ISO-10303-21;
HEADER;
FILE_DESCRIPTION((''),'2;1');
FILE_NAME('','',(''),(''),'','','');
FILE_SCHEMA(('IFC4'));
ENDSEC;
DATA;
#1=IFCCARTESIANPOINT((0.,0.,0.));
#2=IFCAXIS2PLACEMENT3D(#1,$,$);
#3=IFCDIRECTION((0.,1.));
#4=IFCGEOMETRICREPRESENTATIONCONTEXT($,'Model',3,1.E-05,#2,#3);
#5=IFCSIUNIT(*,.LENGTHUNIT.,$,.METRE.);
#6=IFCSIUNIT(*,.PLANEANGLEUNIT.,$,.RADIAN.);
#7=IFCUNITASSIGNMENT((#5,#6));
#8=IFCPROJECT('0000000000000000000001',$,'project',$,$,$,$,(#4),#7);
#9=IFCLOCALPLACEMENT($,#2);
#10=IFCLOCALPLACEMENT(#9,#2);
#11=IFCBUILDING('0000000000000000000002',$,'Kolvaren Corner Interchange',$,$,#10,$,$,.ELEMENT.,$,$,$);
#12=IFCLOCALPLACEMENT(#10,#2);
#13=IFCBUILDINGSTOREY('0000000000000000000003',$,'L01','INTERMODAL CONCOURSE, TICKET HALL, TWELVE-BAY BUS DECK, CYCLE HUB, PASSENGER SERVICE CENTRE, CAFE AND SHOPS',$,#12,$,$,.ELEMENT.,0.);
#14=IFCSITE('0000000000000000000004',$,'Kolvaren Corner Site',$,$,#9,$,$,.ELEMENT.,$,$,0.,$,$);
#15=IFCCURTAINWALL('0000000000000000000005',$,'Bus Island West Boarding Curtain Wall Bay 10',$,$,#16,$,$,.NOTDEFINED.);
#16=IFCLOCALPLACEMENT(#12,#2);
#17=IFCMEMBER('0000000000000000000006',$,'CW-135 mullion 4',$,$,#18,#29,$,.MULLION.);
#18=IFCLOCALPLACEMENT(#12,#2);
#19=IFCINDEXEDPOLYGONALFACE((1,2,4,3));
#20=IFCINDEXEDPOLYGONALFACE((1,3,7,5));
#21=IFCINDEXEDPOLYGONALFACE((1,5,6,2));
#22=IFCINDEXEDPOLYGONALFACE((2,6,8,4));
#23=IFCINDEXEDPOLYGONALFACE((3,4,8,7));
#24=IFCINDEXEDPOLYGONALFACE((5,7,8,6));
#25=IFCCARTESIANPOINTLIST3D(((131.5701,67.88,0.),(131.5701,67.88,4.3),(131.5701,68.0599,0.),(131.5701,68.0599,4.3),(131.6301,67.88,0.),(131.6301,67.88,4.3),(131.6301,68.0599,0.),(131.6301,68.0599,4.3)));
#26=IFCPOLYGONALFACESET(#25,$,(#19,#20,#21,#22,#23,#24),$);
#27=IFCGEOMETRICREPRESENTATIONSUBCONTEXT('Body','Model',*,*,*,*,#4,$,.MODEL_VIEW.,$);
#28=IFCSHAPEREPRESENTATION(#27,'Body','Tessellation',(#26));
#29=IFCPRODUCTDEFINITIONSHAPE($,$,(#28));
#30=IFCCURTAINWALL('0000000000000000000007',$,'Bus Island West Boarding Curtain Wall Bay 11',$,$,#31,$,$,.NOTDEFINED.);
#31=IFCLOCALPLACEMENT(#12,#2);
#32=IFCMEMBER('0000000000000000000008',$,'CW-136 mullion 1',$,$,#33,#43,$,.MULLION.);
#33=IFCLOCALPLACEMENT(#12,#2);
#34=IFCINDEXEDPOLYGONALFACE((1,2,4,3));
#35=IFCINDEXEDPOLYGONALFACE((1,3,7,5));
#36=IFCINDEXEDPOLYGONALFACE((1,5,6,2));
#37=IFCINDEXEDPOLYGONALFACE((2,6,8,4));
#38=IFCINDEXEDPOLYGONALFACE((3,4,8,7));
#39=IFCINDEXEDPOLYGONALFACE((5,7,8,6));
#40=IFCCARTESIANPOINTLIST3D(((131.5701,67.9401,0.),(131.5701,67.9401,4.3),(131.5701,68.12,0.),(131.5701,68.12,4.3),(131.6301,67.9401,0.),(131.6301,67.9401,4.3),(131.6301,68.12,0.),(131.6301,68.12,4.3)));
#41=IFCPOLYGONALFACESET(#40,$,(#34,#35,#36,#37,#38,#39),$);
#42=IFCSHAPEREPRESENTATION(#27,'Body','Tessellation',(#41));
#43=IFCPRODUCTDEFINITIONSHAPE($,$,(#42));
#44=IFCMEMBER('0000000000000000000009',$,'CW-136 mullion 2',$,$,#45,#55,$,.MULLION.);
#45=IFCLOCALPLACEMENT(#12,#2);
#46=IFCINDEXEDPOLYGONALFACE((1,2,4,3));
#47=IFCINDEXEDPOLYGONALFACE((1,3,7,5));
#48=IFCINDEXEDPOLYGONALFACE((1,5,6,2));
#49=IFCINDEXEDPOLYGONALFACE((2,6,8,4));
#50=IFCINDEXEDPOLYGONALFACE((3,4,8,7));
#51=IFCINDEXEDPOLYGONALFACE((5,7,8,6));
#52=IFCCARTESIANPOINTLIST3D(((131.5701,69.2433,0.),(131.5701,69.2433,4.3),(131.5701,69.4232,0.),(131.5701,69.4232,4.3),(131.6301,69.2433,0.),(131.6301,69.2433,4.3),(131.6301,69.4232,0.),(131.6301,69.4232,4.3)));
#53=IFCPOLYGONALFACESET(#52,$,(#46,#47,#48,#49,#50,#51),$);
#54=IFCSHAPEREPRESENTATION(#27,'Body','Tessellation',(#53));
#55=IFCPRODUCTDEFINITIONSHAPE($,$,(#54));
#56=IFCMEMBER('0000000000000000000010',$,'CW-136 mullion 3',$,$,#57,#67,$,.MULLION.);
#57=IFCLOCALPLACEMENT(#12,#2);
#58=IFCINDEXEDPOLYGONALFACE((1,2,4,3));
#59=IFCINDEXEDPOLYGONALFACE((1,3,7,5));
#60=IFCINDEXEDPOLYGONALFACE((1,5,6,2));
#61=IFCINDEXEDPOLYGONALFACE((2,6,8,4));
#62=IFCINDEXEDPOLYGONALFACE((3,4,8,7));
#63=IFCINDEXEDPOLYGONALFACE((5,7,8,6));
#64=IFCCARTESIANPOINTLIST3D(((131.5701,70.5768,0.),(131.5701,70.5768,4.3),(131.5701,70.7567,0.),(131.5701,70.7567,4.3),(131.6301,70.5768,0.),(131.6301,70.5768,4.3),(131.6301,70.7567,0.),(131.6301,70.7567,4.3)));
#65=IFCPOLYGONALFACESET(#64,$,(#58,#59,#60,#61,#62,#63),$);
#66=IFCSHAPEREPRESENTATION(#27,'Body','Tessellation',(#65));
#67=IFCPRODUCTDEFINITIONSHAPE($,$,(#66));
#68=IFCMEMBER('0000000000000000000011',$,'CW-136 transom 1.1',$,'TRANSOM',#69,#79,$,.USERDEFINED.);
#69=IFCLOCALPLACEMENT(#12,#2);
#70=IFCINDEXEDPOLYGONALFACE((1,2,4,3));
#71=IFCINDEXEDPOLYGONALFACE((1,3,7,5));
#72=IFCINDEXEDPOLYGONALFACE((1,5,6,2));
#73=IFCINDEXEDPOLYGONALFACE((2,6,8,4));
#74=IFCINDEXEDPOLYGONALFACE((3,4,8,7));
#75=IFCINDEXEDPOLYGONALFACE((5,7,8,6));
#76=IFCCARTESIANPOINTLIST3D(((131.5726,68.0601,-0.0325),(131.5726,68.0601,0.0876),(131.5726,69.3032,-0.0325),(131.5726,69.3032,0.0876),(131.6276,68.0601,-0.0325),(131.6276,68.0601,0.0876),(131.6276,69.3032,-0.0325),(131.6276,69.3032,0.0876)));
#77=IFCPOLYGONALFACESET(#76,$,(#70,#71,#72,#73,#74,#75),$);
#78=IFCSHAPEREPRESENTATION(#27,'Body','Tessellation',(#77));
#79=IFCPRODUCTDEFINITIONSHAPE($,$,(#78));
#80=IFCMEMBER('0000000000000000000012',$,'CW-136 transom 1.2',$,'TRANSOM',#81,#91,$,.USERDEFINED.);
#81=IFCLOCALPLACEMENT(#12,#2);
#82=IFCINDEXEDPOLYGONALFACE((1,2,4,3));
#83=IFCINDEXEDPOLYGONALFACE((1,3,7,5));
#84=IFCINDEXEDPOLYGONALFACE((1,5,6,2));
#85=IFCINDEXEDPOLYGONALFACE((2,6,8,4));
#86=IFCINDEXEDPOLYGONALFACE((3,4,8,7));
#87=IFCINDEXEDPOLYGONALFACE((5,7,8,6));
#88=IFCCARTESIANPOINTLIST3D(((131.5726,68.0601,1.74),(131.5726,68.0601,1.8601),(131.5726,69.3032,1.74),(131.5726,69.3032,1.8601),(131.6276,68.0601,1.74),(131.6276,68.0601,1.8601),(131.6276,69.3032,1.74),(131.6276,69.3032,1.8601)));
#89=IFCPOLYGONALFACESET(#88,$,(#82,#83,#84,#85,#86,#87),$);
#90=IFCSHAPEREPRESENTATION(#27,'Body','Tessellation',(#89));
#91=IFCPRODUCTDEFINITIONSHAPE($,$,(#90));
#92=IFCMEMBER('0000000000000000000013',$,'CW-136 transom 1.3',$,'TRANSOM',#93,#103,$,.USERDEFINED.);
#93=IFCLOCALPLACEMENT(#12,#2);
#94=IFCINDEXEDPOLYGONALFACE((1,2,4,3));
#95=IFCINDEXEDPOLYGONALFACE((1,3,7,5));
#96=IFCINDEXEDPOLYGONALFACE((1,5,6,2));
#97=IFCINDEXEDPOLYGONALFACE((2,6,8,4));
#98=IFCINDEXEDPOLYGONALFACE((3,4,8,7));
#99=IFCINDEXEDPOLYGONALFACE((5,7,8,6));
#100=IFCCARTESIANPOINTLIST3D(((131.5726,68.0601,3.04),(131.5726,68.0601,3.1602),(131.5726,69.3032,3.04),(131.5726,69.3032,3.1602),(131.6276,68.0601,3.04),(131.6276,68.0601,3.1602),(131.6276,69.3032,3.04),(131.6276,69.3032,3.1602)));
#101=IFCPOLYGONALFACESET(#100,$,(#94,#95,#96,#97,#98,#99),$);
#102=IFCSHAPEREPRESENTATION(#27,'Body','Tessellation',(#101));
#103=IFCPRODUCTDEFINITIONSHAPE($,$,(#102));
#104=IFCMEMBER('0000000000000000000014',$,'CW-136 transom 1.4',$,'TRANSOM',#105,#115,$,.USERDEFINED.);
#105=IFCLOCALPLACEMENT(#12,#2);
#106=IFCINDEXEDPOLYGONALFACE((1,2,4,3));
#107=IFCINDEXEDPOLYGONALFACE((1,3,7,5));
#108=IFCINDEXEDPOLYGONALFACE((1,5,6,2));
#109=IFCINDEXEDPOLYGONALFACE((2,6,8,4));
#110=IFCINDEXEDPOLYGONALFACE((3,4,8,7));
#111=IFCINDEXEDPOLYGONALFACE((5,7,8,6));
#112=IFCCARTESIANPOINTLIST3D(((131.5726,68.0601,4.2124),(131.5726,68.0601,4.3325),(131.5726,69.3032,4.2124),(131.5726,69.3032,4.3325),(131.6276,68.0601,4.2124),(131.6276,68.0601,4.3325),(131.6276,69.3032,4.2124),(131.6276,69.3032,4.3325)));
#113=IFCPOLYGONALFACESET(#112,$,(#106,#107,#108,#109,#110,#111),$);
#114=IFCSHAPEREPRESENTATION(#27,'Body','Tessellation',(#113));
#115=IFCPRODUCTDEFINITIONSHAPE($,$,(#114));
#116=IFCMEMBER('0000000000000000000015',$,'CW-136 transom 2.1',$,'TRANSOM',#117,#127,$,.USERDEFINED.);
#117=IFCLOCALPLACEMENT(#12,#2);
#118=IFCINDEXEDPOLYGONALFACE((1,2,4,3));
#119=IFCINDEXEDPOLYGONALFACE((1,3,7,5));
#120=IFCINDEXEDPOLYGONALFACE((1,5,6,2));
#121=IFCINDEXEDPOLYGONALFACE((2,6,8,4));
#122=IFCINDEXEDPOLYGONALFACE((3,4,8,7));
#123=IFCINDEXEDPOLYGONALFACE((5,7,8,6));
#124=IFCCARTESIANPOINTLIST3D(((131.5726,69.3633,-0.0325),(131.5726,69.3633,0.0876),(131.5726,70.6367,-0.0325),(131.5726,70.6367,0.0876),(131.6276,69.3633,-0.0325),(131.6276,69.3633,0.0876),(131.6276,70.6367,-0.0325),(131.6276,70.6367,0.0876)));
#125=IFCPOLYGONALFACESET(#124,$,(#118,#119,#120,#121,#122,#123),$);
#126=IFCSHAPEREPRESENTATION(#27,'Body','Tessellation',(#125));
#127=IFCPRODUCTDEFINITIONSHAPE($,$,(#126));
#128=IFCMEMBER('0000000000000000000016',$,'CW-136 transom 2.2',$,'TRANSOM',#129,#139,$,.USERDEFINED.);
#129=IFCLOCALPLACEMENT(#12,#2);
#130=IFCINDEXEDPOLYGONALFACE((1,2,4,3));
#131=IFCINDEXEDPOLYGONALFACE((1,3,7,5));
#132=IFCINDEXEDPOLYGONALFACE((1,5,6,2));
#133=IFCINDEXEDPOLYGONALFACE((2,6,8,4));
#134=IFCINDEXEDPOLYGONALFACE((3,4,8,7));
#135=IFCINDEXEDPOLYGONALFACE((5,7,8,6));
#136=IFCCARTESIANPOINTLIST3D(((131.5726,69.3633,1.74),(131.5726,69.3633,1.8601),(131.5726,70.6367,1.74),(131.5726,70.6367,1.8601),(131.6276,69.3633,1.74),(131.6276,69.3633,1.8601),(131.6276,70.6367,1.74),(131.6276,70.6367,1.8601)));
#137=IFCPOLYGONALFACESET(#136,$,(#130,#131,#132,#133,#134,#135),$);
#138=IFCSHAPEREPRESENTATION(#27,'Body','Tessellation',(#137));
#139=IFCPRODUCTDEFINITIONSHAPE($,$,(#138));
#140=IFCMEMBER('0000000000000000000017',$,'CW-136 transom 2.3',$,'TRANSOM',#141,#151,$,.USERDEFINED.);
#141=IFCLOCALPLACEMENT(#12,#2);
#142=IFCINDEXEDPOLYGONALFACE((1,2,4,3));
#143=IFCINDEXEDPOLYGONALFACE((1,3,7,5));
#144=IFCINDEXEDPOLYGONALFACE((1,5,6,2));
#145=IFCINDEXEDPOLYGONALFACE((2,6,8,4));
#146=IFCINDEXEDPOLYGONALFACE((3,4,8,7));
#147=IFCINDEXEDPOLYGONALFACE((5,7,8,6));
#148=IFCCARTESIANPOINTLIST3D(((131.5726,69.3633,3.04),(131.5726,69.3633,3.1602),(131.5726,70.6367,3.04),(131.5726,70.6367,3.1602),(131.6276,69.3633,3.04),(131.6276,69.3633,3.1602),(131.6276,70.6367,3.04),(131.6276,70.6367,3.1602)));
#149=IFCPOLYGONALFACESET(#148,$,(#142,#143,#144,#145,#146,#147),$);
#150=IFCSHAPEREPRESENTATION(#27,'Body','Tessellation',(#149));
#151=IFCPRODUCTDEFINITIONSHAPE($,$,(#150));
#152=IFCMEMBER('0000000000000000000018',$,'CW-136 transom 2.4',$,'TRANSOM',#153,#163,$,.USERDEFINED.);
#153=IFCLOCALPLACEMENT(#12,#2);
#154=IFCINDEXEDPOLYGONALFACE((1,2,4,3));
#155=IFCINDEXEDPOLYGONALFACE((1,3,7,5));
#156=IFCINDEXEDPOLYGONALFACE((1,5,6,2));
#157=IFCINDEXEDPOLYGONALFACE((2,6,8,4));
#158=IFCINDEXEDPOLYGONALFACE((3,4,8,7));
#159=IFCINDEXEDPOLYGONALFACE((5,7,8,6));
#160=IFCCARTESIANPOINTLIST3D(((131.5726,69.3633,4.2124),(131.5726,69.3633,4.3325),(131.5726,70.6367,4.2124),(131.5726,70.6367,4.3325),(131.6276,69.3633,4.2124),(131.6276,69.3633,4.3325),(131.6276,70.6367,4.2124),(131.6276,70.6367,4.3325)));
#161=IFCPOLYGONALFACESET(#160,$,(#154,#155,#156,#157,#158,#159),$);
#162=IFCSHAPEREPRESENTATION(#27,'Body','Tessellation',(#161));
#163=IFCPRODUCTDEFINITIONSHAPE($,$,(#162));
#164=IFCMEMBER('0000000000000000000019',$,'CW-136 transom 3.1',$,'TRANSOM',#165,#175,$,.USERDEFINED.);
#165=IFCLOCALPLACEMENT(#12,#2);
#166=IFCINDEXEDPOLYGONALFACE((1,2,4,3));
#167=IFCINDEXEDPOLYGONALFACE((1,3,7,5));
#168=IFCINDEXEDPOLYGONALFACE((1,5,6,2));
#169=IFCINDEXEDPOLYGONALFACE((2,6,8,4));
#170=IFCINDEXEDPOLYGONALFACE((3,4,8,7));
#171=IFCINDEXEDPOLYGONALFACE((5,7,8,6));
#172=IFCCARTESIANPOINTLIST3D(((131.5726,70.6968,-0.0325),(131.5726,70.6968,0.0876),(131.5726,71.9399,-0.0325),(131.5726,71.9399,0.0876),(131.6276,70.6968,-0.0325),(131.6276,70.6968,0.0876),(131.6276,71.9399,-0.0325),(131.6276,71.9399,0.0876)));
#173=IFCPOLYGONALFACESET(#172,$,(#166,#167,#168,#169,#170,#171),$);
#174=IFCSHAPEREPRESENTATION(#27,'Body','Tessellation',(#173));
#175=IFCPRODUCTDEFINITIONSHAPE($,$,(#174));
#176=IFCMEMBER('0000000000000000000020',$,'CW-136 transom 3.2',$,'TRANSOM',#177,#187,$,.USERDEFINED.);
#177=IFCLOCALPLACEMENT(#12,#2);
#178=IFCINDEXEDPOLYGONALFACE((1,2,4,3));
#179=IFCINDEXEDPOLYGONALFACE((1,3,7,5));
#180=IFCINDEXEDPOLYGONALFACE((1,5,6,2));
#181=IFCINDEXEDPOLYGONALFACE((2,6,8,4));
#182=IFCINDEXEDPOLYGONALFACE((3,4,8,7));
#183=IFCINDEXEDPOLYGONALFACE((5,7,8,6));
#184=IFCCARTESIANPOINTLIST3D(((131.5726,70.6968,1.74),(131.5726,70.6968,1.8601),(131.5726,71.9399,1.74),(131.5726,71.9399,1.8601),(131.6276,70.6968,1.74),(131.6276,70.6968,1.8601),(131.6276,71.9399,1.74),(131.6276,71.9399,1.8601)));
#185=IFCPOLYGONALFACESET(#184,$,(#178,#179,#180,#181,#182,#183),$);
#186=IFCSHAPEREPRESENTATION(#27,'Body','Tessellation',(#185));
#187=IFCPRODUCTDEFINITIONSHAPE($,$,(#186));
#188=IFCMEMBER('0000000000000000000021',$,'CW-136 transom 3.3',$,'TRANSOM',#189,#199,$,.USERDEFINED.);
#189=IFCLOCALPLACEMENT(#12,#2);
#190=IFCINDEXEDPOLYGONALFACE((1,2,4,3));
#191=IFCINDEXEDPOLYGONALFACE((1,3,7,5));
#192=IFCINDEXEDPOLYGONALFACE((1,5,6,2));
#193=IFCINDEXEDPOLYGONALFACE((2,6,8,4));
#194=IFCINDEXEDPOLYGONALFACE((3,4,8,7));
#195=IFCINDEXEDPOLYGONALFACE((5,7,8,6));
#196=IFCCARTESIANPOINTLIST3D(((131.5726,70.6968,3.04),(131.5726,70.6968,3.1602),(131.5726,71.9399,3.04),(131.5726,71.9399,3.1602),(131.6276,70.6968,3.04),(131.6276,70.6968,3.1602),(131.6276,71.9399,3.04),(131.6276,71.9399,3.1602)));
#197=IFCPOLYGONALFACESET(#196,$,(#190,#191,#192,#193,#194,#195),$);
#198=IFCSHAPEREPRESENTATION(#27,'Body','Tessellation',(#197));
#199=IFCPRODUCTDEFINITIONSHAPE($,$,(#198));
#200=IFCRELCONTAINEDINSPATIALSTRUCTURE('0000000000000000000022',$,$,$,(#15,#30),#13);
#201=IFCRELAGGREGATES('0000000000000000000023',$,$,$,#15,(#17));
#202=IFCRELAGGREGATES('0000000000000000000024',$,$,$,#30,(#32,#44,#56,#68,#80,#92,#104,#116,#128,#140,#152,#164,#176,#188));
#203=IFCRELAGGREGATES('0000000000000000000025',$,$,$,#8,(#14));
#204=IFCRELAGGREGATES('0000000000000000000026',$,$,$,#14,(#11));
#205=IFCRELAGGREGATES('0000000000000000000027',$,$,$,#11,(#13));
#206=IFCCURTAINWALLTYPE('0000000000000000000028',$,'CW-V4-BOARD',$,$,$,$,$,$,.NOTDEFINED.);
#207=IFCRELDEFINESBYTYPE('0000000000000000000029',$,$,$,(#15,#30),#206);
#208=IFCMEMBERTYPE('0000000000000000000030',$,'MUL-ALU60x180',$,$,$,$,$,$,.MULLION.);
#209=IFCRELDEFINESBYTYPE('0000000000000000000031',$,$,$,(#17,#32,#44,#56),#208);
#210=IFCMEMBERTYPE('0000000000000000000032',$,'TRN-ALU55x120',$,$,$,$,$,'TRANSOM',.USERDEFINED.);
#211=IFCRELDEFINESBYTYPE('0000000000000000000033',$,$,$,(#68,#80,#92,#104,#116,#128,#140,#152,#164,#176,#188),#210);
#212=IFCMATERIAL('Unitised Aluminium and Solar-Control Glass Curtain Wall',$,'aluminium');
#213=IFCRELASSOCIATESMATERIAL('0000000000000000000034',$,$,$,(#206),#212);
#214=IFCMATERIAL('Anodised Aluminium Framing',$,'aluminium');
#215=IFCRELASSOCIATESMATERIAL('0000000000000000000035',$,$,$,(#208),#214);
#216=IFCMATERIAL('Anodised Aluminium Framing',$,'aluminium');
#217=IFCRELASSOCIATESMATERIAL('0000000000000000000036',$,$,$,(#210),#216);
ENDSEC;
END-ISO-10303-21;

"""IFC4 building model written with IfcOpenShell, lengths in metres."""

from ifc_helpers import new_model, si_unit, direction, frame, origin, origin_2d, place, context, subcontext, project, spatial, rectangle, extrude, material, material_profile, profile_set, type_object, element, aggregate, save


model = new_model("IFC4")

# Units and contexts
model_context = context("Model", 3, precision=1e-05, world=origin(), true_north=direction((0.0, 1.0)))
body_context = subcontext(model_context, "Body", "Model", "MODEL_VIEW")
ifc_project = project(units=[si_unit("LENGTHUNIT", "METRE"), si_unit("PLANEANGLEUNIT", "RADIAN")], contexts=[model_context])

# Site, building, storey
site_placement = place(None, origin())
site = spatial("IfcSite", under=ifc_project, at=site_placement, Name="Kolvaren Corner Site", CompositionType="ELEMENT", RefElevation=0.0)
building_placement = place(site_placement, origin())
building = spatial("IfcBuilding", under=site, at=building_placement, Name="Kolvaren Corner Interchange", CompositionType="ELEMENT")
storey_placement = place(building_placement, origin())
storey = spatial("IfcBuildingStorey", under=building, at=storey_placement, Name="L01", Description="INTERMODAL CONCOURSE, TICKET HALL, TWELVE-BAY BUS DECK, CYCLE HUB, PASSENGER SERVICE CENTRE, CAFE AND SHOPS", CompositionType="ELEMENT", Elevation=0.0)

# Curtain wall, member
ifc_material_1 = material(Name="Unitised Aluminium and Solar-Control Glass Curtain Wall", Category="aluminium")
curtain_wall_type = type_object("IfcCurtainWallType", Name="CW-V4-BOARD", PredefinedType="NOTDEFINED", material=ifc_material_1)
curtain_wall_1_placement = place(storey_placement, origin())
curtain_wall_1 = element("IfcCurtainWall", 1, at=curtain_wall_1_placement, inside=storey, type_object=curtain_wall_type, Name="Bus Island West Boarding Curtain Wall Bay 10", PredefinedType="NOTDEFINED")
ifc_material_2 = material(Name="Anodised Aluminium Framing", Category="aluminium")
ifc_material_profile_1 = material_profile(ifc_material_2, rectangle(XDim=0.0601, YDim=0.1799, at=origin_2d()), Name="ALU 60x180")
ifc_profile_set_1 = profile_set([ifc_material_profile_1], Name="Anodised Aluminium Framing")
member_type_1 = type_object("IfcMemberType", Name="MUL-ALU60x180", PredefinedType="MULLION", material=ifc_profile_set_1)
member_1_placement = place(storey_placement, frame((131.6001, 67.97, 0.0), z_axis=(0.0, 0.0, 1.0), x_axis=(-1.0, 0.0, 0.0)))
member_1 = element("IfcMember", 2, at=member_1_placement, type_object=member_type_1, Name="CW-135 mullion 4", PredefinedType="MULLION", context=body_context, shape_type="SweptSolid", body=[
    extrude(rectangle(XDim=0.0601, YDim=0.1799, at=origin_2d()), origin(), (0.0, 0.0, 1.0), 4.3),
])

# Curtain wall, members
curtain_wall_2_placement = place(storey_placement, origin())
curtain_wall_2 = element("IfcCurtainWall", 3, at=curtain_wall_2_placement, inside=storey, type_object=curtain_wall_type, Name="Bus Island West Boarding Curtain Wall Bay 11", PredefinedType="NOTDEFINED")
member_2_placement = place(storey_placement, frame((131.6001, 68.03, 0.0), z_axis=(0.0, 0.0, 1.0), x_axis=(-1.0, 0.0, 0.0)))
member_2 = element("IfcMember", 4, at=member_2_placement, type_object=member_type_1, Name="CW-136 mullion 1", PredefinedType="MULLION", context=body_context, shape_type="SweptSolid", body=[
    extrude(rectangle(XDim=0.0601, YDim=0.1799, at=origin_2d()), origin(), (0.0, 0.0, 1.0), 4.3),
])
member_3_placement = place(storey_placement, frame((131.6001, 69.3333, 0.0), z_axis=(0.0, 0.0, 1.0), x_axis=(-1.0, 0.0, 0.0)))
member_3 = element("IfcMember", 5, at=member_3_placement, type_object=member_type_1, Name="CW-136 mullion 2", PredefinedType="MULLION", context=body_context, shape_type="SweptSolid", body=[
    extrude(rectangle(XDim=0.0601, YDim=0.1799, at=origin_2d()), origin(), (0.0, 0.0, 1.0), 4.3),
])
member_4_placement = place(storey_placement, frame((131.6001, 70.6667, 0.0), z_axis=(0.0, 0.0, 1.0), x_axis=(-1.0, 0.0, 0.0)))
member_4 = element("IfcMember", 6, at=member_4_placement, type_object=member_type_1, Name="CW-136 mullion 3", PredefinedType="MULLION", context=body_context, shape_type="SweptSolid", body=[
    extrude(rectangle(XDim=0.0601, YDim=0.1799, at=origin_2d()), origin(), (0.0, 0.0, 1.0), 4.3),
])
ifc_material_3 = material(Name="Anodised Aluminium Framing", Category="aluminium")
ifc_material_profile_2 = material_profile(ifc_material_3, rectangle(XDim=0.0549, YDim=0.1201, at=origin_2d()), Name="ALU 55x120")
ifc_profile_set_2 = profile_set([ifc_material_profile_2], Name="Anodised Aluminium Framing")
member_type_2 = type_object("IfcMemberType", Name="TRN-ALU55x120", ElementType="TRANSOM", PredefinedType="USERDEFINED", material=ifc_profile_set_2)
member_5_placement = place(storey_placement, frame((131.6001, 68.0601, 0.0276), z_axis=(0.0, 1.0, 0.0), x_axis=(-1.0, 0.0, 0.0)))
member_5 = element("IfcMember", 7, at=member_5_placement, type_object=member_type_2, Name="CW-136 transom 1.1", ObjectType="TRANSOM", PredefinedType="USERDEFINED", context=body_context, shape_type="SweptSolid", body=[
    extrude(rectangle(XDim=0.0549, YDim=0.1201, at=origin_2d()), origin(), (0.0, 0.0, 1.0), 1.2432),
])
member_6_placement = place(storey_placement, frame((131.6001, 68.0601, 1.8), z_axis=(0.0, 1.0, 0.0), x_axis=(-1.0, 0.0, 0.0)))
member_6 = element("IfcMember", 8, at=member_6_placement, type_object=member_type_2, Name="CW-136 transom 1.2", ObjectType="TRANSOM", PredefinedType="USERDEFINED", context=body_context, shape_type="SweptSolid", body=[
    extrude(rectangle(XDim=0.0549, YDim=0.1201, at=origin_2d()), origin(), (0.0, 0.0, 1.0), 1.2432),
])
member_7_placement = place(storey_placement, frame((131.6001, 68.0601, 3.1001), z_axis=(0.0, 1.0, 0.0), x_axis=(-1.0, 0.0, 0.0)))
member_7 = element("IfcMember", 9, at=member_7_placement, type_object=member_type_2, Name="CW-136 transom 1.3", ObjectType="TRANSOM", PredefinedType="USERDEFINED", context=body_context, shape_type="SweptSolid", body=[
    extrude(rectangle(XDim=0.0549, YDim=0.1201, at=origin_2d()), origin(), (0.0, 0.0, 1.0), 1.2432),
])
member_8_placement = place(storey_placement, frame((131.6001, 68.0601, 4.2725), z_axis=(0.0, 1.0, 0.0), x_axis=(-1.0, 0.0, 0.0)))
member_8 = element("IfcMember", 10, at=member_8_placement, type_object=member_type_2, Name="CW-136 transom 1.4", ObjectType="TRANSOM", PredefinedType="USERDEFINED", context=body_context, shape_type="SweptSolid", body=[
    extrude(rectangle(XDim=0.0549, YDim=0.1201, at=origin_2d()), origin(), (0.0, 0.0, 1.0), 1.2432),
])
member_9_placement = place(storey_placement, frame((131.6001, 69.3633, 0.0276), z_axis=(0.0, 1.0, 0.0), x_axis=(-1.0, 0.0, 0.0)))
member_9 = element("IfcMember", 11, at=member_9_placement, type_object=member_type_2, Name="CW-136 transom 2.1", ObjectType="TRANSOM", PredefinedType="USERDEFINED", context=body_context, shape_type="SweptSolid", body=[
    extrude(rectangle(XDim=0.0549, YDim=0.1201, at=origin_2d()), origin(), (0.0, 0.0, 1.0), 1.2734),
])
member_10_placement = place(storey_placement, frame((131.6001, 69.3633, 1.8), z_axis=(0.0, 1.0, 0.0), x_axis=(-1.0, 0.0, 0.0)))
member_10 = element("IfcMember", 12, at=member_10_placement, type_object=member_type_2, Name="CW-136 transom 2.2", ObjectType="TRANSOM", PredefinedType="USERDEFINED", context=body_context, shape_type="SweptSolid", body=[
    extrude(rectangle(XDim=0.0549, YDim=0.1201, at=origin_2d()), origin(), (0.0, 0.0, 1.0), 1.2734),
])
member_11_placement = place(storey_placement, frame((131.6001, 69.3633, 3.1001), z_axis=(0.0, 1.0, 0.0), x_axis=(-1.0, 0.0, 0.0)))
member_11 = element("IfcMember", 13, at=member_11_placement, type_object=member_type_2, Name="CW-136 transom 2.3", ObjectType="TRANSOM", PredefinedType="USERDEFINED", context=body_context, shape_type="SweptSolid", body=[
    extrude(rectangle(XDim=0.0549, YDim=0.1201, at=origin_2d()), origin(), (0.0, 0.0, 1.0), 1.2734),
])
member_12_placement = place(storey_placement, frame((131.6001, 69.3633, 4.2725), z_axis=(0.0, 1.0, 0.0), x_axis=(-1.0, 0.0, 0.0)))
member_12 = element("IfcMember", 14, at=member_12_placement, type_object=member_type_2, Name="CW-136 transom 2.4", ObjectType="TRANSOM", PredefinedType="USERDEFINED", context=body_context, shape_type="SweptSolid", body=[
    extrude(rectangle(XDim=0.0549, YDim=0.1201, at=origin_2d()), origin(), (0.0, 0.0, 1.0), 1.2734),
])
member_13_placement = place(storey_placement, frame((131.6001, 70.6968, 0.0276), z_axis=(0.0, 1.0, 0.0), x_axis=(-1.0, 0.0, 0.0)))
member_13 = element("IfcMember", 15, at=member_13_placement, type_object=member_type_2, Name="CW-136 transom 3.1", ObjectType="TRANSOM", PredefinedType="USERDEFINED", context=body_context, shape_type="SweptSolid", body=[
    extrude(rectangle(XDim=0.0549, YDim=0.1201, at=origin_2d()), origin(), (0.0, 0.0, 1.0), 1.2432),
])
member_14_placement = place(storey_placement, frame((131.6001, 70.6968, 1.8), z_axis=(0.0, 1.0, 0.0), x_axis=(-1.0, 0.0, 0.0)))
member_14 = element("IfcMember", 16, at=member_14_placement, type_object=member_type_2, Name="CW-136 transom 3.2", ObjectType="TRANSOM", PredefinedType="USERDEFINED", context=body_context, shape_type="SweptSolid", body=[
    extrude(rectangle(XDim=0.0549, YDim=0.1201, at=origin_2d()), origin(), (0.0, 0.0, 1.0), 1.2432),
])
member_15_placement = place(storey_placement, frame((131.6001, 70.6968, 3.1001), z_axis=(0.0, 1.0, 0.0), x_axis=(-1.0, 0.0, 0.0)))
member_15 = element("IfcMember", 17, at=member_15_placement, type_object=member_type_2, Name="CW-136 transom 3.3", ObjectType="TRANSOM", PredefinedType="USERDEFINED", context=body_context, shape_type="SweptSolid", body=[
    extrude(rectangle(XDim=0.0549, YDim=0.1201, at=origin_2d()), origin(), (0.0, 0.0, 1.0), 1.2432),
])

aggregate(curtain_wall_1, [member_1])
aggregate(curtain_wall_2, [member_2, member_3, member_4, member_5, member_6, member_7, member_8, member_9, member_10, member_11, member_12, member_13, member_14, member_15])

save(model, "model.ifc")
